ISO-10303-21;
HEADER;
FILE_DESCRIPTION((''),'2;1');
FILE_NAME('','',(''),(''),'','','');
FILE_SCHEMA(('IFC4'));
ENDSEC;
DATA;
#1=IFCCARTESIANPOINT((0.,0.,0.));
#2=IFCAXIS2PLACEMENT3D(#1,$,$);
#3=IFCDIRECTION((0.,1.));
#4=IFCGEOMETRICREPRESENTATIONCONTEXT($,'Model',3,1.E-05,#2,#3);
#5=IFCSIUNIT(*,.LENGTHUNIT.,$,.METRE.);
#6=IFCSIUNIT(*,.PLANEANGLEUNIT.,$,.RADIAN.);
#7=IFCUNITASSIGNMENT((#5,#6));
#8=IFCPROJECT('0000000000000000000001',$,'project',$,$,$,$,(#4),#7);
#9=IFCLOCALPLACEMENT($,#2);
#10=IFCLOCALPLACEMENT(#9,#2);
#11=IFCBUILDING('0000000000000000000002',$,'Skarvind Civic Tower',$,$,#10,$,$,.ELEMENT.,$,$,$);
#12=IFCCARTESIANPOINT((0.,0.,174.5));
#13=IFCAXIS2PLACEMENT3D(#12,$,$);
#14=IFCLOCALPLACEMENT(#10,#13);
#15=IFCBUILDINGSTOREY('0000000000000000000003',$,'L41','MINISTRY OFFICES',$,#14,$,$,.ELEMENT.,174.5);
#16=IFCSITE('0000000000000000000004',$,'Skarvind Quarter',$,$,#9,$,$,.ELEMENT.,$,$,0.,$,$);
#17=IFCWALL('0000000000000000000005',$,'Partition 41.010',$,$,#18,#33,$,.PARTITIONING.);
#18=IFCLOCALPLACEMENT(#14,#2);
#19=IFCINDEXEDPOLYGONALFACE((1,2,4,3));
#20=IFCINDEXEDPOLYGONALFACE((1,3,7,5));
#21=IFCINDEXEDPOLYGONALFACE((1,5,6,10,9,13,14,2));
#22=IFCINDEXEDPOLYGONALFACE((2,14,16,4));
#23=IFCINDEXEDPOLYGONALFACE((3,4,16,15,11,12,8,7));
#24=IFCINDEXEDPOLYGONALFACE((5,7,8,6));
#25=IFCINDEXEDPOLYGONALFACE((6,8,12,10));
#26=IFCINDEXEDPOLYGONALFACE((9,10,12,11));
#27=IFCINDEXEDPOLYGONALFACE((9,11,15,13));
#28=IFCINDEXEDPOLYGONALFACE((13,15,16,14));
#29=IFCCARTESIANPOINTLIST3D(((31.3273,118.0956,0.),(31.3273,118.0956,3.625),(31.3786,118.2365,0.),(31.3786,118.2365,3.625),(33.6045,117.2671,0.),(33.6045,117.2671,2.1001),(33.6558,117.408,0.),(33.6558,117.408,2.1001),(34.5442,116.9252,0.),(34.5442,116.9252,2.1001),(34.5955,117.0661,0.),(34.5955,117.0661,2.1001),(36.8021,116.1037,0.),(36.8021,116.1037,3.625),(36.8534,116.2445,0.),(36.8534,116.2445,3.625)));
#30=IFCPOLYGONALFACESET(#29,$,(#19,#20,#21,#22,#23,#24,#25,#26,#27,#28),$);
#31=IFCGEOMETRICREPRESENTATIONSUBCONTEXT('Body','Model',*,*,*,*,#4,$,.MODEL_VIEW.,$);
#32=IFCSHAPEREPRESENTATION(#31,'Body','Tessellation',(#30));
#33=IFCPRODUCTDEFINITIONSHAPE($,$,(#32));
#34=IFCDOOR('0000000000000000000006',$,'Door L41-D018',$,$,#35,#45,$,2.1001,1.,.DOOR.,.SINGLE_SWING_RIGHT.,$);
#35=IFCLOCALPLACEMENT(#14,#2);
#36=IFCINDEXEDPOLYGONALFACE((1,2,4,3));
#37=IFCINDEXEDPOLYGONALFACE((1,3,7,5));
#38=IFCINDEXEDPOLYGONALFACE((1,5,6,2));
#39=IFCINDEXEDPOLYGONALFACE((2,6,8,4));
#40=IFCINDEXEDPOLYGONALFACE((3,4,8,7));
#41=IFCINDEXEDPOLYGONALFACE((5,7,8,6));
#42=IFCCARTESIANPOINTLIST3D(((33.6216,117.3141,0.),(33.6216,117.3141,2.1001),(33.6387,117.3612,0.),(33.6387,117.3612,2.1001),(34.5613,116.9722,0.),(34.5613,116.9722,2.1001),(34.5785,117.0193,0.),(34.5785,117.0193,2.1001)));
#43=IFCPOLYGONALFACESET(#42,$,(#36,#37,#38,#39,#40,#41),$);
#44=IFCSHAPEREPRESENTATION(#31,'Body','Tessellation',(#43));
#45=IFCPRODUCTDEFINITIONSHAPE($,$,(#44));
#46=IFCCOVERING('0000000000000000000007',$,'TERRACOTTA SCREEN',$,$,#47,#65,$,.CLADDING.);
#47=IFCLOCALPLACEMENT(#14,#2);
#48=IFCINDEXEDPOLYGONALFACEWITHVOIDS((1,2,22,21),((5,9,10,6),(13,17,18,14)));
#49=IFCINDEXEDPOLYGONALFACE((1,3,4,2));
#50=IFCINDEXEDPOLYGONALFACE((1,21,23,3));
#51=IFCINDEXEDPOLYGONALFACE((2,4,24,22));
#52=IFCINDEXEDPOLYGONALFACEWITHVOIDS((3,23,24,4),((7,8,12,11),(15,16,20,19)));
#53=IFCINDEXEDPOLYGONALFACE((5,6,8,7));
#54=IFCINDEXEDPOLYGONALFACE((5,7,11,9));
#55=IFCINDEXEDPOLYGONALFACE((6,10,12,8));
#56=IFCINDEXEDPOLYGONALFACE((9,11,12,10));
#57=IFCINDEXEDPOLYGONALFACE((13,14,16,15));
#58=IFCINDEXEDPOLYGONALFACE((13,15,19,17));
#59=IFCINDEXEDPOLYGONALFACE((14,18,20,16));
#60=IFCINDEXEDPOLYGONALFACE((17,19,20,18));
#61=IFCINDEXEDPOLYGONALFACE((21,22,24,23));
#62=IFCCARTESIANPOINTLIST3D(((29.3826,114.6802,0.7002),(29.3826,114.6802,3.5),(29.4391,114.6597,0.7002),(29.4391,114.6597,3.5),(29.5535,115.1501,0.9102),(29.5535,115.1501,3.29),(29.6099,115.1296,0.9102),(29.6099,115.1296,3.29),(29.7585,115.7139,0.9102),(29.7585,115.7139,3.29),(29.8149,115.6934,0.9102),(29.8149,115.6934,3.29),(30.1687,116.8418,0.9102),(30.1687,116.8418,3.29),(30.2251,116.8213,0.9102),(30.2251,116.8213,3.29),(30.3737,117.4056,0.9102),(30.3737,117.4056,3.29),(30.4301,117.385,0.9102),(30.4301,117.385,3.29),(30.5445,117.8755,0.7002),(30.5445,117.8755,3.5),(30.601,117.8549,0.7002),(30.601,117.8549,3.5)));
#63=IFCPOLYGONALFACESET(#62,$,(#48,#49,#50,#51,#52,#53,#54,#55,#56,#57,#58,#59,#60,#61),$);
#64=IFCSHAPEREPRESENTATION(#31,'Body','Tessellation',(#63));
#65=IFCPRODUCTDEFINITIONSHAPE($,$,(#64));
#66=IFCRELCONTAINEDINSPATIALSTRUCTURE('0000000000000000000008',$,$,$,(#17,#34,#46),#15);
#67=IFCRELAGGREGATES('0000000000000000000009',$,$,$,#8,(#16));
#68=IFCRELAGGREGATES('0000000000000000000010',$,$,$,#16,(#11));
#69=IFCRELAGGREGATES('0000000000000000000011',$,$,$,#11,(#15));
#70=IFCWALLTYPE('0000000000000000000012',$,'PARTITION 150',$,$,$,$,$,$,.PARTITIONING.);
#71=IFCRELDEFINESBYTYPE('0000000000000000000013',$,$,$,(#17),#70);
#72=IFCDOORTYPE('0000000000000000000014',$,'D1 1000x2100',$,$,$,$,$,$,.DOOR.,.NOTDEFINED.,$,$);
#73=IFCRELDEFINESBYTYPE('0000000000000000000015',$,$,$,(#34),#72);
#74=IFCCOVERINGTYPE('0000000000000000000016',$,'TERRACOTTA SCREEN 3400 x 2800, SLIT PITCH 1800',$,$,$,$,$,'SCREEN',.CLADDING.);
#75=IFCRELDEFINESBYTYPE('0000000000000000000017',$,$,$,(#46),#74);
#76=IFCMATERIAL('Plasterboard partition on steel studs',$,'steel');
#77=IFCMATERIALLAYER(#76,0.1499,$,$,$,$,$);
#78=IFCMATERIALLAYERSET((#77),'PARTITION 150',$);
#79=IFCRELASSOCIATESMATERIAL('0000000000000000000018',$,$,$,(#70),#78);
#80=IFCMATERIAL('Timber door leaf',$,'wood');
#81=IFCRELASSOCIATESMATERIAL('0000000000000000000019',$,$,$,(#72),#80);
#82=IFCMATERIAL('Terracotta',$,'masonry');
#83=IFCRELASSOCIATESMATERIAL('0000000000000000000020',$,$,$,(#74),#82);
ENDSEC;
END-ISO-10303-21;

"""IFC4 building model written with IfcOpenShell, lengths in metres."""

from ifc_helpers import new_model, si_unit, direction, frame, frame_2d, origin, place, context, subcontext, project, spatial, polyline, rectangle, outline, extrude, material, layer, layer_set, material_profile, profile_set, type_object, element, fill, save


model = new_model("IFC4")

# Units and contexts
model_context = context("Model", 3, precision=1e-05, world=origin(), true_north=direction((0.0, 1.0)))
body_context = subcontext(model_context, "Body", "Model", "MODEL_VIEW")
ifc_project = project(units=[si_unit("LENGTHUNIT", "METRE"), si_unit("PLANEANGLEUNIT", "RADIAN")], contexts=[model_context])

# Site, building, storey
site_placement = place(None, origin())
site = spatial("IfcSite", under=ifc_project, at=site_placement, Name="Skarvind Quarter", CompositionType="ELEMENT", RefElevation=0.0)
building_placement = place(site_placement, origin())
building = spatial("IfcBuilding", under=site, at=building_placement, Name="Skarvind Civic Tower", CompositionType="ELEMENT")
storey_placement = place(building_placement, frame((0.0, 0.0, 174.5)))
storey = spatial("IfcBuildingStorey", under=building, at=storey_placement, Name="L41", Description="MINISTRY OFFICES", CompositionType="ELEMENT", Elevation=174.5)

# Shared definitions
ifc_material_1 = material(Name="Plasterboard partition on steel studs", Category="steel")
ifc_layer_1 = layer(ifc_material_1, 0.1499)
ifc_layer_set_1 = layer_set([ifc_layer_1], Name="PARTITION 150")
wall_type_1 = type_object("IfcWallType", Name="PARTITION 150", PredefinedType="PARTITIONING", material=ifc_layer_set_1)

# Shared definitions
ifc_material_2 = material(Name="Timber door leaf", Category="wood")
door_type = type_object("IfcDoorType", Name="D1 1000x2100", OperationType="NOTDEFINED", PredefinedType="DOOR", material=ifc_material_2)

# Wall, opening, door
wall_1_placement = place(storey_placement, frame((36.8279, 116.1741, 0.0), z_axis=(0.0, 0.0, 1.0), x_axis=(-0.939733, 0.341908, 0.0)))
wall_1 = element("IfcWall", 1, at=wall_1_placement, inside=storey, type_object=wall_type_1, Name="Partition 41.010", PredefinedType="PARTITIONING", context=body_context, shape_type="SweptSolid", body=[
    extrude(rectangle(XDim=5.8259, YDim=0.1499, at=frame_2d((2.9131, 0.0))), origin(), (0.0, 0.0, 1.0), 3.625),
])
opening_1_placement = place(wall_1_placement, frame((2.4028, 0.0, 0.0)))
opening_1 = element("IfcOpeningElement", 2, at=opening_1_placement, cuts=wall_1, PredefinedType="OPENING", context=body_context, shape_type="SweptSolid", body=[
    extrude(rectangle(XDim=1.0, YDim=2.1001, at=frame_2d((0.5, 1.05))), frame((0.0, 0.085, 0.0), z_axis=(0.0, -1.0, 0.0), x_axis=(1.0, 0.0, 0.0)), (0.0, 0.0, 1.0), 0.1699),
])
door_1_placement = place(opening_1_placement, origin())
door_1 = element("IfcDoor", 3, at=door_1_placement, inside=storey, type_object=door_type, Name="Door L41-D018", OperationType="SINGLE_SWING_RIGHT", OverallHeight=2.1001, OverallWidth=1.0, PredefinedType="DOOR", context=body_context, shape_type="SweptSolid", body=[
    extrude(rectangle(XDim=1.0, YDim=2.1001, at=frame_2d((0.5, 1.05))), frame((0.0, 0.0249, 0.0), z_axis=(0.0, -1.0, 0.0), x_axis=(1.0, 0.0, 0.0)), (0.0, 0.0, 1.0), 0.05),
])
fill(opening_1, door_1)

# Covering
ifc_material_3 = material(Name="Terracotta", Category="masonry")
ifc_material_profile_1 = material_profile(ifc_material_3, outline(polyline([(-1.7, -1.3999), (1.7, -1.3999), (1.7, 1.3999), (-1.7, 1.3999), (-1.7, -1.3999)]), holes=[polyline([(-1.2, -1.1899), (-0.6001, -1.1899), (-0.6001, 1.1899), (-1.2, 1.1899), (-1.2, -1.1899)]), polyline([(0.6001, -1.1899), (1.2, -1.1899), (1.2, 1.1899), (0.6001, 1.1899), (0.6001, -1.1899)])]), Name="TERRACOTTA SCREEN 3400 x 2800, SLIT PITCH 1800")
ifc_profile_set_1 = profile_set([ifc_material_profile_1], Name="Terracotta")
covering_type = type_object("IfcCoveringType", Name="TERRACOTTA SCREEN 3400 x 2800, SLIT PITCH 1800", ElementType="SCREEN", PredefinedType="CLADDING", material=ifc_profile_set_1)
covering_placement = place(storey_placement, frame((30.02, 116.2573, 2.1001), z_axis=(-0.939793, 0.341743, 0.0), x_axis=(-0.341743, -0.939793, 0.0)))
element("IfcCovering", 4, at=covering_placement, inside=storey, type_object=covering_type, Name="TERRACOTTA SCREEN", PredefinedType="CLADDING", context=body_context, shape_type="SweptSolid", body=[
    extrude(outline(polyline([(-1.7, -1.3999), (1.7, -1.3999), (1.7, 1.3999), (-1.7, 1.3999), (-1.7, -1.3999)]), holes=[polyline([(-1.2, -1.1899), (-0.6001, -1.1899), (-0.6001, 1.1899), (-1.2, 1.1899), (-1.2, -1.1899)]), polyline([(0.6001, -1.1899), (1.2, -1.1899), (1.2, 1.1899), (0.6001, 1.1899), (0.6001, -1.1899)])]), origin(), (0.0, 0.0, 1.0), 0.0601),
])

save(model, "model.ifc")
